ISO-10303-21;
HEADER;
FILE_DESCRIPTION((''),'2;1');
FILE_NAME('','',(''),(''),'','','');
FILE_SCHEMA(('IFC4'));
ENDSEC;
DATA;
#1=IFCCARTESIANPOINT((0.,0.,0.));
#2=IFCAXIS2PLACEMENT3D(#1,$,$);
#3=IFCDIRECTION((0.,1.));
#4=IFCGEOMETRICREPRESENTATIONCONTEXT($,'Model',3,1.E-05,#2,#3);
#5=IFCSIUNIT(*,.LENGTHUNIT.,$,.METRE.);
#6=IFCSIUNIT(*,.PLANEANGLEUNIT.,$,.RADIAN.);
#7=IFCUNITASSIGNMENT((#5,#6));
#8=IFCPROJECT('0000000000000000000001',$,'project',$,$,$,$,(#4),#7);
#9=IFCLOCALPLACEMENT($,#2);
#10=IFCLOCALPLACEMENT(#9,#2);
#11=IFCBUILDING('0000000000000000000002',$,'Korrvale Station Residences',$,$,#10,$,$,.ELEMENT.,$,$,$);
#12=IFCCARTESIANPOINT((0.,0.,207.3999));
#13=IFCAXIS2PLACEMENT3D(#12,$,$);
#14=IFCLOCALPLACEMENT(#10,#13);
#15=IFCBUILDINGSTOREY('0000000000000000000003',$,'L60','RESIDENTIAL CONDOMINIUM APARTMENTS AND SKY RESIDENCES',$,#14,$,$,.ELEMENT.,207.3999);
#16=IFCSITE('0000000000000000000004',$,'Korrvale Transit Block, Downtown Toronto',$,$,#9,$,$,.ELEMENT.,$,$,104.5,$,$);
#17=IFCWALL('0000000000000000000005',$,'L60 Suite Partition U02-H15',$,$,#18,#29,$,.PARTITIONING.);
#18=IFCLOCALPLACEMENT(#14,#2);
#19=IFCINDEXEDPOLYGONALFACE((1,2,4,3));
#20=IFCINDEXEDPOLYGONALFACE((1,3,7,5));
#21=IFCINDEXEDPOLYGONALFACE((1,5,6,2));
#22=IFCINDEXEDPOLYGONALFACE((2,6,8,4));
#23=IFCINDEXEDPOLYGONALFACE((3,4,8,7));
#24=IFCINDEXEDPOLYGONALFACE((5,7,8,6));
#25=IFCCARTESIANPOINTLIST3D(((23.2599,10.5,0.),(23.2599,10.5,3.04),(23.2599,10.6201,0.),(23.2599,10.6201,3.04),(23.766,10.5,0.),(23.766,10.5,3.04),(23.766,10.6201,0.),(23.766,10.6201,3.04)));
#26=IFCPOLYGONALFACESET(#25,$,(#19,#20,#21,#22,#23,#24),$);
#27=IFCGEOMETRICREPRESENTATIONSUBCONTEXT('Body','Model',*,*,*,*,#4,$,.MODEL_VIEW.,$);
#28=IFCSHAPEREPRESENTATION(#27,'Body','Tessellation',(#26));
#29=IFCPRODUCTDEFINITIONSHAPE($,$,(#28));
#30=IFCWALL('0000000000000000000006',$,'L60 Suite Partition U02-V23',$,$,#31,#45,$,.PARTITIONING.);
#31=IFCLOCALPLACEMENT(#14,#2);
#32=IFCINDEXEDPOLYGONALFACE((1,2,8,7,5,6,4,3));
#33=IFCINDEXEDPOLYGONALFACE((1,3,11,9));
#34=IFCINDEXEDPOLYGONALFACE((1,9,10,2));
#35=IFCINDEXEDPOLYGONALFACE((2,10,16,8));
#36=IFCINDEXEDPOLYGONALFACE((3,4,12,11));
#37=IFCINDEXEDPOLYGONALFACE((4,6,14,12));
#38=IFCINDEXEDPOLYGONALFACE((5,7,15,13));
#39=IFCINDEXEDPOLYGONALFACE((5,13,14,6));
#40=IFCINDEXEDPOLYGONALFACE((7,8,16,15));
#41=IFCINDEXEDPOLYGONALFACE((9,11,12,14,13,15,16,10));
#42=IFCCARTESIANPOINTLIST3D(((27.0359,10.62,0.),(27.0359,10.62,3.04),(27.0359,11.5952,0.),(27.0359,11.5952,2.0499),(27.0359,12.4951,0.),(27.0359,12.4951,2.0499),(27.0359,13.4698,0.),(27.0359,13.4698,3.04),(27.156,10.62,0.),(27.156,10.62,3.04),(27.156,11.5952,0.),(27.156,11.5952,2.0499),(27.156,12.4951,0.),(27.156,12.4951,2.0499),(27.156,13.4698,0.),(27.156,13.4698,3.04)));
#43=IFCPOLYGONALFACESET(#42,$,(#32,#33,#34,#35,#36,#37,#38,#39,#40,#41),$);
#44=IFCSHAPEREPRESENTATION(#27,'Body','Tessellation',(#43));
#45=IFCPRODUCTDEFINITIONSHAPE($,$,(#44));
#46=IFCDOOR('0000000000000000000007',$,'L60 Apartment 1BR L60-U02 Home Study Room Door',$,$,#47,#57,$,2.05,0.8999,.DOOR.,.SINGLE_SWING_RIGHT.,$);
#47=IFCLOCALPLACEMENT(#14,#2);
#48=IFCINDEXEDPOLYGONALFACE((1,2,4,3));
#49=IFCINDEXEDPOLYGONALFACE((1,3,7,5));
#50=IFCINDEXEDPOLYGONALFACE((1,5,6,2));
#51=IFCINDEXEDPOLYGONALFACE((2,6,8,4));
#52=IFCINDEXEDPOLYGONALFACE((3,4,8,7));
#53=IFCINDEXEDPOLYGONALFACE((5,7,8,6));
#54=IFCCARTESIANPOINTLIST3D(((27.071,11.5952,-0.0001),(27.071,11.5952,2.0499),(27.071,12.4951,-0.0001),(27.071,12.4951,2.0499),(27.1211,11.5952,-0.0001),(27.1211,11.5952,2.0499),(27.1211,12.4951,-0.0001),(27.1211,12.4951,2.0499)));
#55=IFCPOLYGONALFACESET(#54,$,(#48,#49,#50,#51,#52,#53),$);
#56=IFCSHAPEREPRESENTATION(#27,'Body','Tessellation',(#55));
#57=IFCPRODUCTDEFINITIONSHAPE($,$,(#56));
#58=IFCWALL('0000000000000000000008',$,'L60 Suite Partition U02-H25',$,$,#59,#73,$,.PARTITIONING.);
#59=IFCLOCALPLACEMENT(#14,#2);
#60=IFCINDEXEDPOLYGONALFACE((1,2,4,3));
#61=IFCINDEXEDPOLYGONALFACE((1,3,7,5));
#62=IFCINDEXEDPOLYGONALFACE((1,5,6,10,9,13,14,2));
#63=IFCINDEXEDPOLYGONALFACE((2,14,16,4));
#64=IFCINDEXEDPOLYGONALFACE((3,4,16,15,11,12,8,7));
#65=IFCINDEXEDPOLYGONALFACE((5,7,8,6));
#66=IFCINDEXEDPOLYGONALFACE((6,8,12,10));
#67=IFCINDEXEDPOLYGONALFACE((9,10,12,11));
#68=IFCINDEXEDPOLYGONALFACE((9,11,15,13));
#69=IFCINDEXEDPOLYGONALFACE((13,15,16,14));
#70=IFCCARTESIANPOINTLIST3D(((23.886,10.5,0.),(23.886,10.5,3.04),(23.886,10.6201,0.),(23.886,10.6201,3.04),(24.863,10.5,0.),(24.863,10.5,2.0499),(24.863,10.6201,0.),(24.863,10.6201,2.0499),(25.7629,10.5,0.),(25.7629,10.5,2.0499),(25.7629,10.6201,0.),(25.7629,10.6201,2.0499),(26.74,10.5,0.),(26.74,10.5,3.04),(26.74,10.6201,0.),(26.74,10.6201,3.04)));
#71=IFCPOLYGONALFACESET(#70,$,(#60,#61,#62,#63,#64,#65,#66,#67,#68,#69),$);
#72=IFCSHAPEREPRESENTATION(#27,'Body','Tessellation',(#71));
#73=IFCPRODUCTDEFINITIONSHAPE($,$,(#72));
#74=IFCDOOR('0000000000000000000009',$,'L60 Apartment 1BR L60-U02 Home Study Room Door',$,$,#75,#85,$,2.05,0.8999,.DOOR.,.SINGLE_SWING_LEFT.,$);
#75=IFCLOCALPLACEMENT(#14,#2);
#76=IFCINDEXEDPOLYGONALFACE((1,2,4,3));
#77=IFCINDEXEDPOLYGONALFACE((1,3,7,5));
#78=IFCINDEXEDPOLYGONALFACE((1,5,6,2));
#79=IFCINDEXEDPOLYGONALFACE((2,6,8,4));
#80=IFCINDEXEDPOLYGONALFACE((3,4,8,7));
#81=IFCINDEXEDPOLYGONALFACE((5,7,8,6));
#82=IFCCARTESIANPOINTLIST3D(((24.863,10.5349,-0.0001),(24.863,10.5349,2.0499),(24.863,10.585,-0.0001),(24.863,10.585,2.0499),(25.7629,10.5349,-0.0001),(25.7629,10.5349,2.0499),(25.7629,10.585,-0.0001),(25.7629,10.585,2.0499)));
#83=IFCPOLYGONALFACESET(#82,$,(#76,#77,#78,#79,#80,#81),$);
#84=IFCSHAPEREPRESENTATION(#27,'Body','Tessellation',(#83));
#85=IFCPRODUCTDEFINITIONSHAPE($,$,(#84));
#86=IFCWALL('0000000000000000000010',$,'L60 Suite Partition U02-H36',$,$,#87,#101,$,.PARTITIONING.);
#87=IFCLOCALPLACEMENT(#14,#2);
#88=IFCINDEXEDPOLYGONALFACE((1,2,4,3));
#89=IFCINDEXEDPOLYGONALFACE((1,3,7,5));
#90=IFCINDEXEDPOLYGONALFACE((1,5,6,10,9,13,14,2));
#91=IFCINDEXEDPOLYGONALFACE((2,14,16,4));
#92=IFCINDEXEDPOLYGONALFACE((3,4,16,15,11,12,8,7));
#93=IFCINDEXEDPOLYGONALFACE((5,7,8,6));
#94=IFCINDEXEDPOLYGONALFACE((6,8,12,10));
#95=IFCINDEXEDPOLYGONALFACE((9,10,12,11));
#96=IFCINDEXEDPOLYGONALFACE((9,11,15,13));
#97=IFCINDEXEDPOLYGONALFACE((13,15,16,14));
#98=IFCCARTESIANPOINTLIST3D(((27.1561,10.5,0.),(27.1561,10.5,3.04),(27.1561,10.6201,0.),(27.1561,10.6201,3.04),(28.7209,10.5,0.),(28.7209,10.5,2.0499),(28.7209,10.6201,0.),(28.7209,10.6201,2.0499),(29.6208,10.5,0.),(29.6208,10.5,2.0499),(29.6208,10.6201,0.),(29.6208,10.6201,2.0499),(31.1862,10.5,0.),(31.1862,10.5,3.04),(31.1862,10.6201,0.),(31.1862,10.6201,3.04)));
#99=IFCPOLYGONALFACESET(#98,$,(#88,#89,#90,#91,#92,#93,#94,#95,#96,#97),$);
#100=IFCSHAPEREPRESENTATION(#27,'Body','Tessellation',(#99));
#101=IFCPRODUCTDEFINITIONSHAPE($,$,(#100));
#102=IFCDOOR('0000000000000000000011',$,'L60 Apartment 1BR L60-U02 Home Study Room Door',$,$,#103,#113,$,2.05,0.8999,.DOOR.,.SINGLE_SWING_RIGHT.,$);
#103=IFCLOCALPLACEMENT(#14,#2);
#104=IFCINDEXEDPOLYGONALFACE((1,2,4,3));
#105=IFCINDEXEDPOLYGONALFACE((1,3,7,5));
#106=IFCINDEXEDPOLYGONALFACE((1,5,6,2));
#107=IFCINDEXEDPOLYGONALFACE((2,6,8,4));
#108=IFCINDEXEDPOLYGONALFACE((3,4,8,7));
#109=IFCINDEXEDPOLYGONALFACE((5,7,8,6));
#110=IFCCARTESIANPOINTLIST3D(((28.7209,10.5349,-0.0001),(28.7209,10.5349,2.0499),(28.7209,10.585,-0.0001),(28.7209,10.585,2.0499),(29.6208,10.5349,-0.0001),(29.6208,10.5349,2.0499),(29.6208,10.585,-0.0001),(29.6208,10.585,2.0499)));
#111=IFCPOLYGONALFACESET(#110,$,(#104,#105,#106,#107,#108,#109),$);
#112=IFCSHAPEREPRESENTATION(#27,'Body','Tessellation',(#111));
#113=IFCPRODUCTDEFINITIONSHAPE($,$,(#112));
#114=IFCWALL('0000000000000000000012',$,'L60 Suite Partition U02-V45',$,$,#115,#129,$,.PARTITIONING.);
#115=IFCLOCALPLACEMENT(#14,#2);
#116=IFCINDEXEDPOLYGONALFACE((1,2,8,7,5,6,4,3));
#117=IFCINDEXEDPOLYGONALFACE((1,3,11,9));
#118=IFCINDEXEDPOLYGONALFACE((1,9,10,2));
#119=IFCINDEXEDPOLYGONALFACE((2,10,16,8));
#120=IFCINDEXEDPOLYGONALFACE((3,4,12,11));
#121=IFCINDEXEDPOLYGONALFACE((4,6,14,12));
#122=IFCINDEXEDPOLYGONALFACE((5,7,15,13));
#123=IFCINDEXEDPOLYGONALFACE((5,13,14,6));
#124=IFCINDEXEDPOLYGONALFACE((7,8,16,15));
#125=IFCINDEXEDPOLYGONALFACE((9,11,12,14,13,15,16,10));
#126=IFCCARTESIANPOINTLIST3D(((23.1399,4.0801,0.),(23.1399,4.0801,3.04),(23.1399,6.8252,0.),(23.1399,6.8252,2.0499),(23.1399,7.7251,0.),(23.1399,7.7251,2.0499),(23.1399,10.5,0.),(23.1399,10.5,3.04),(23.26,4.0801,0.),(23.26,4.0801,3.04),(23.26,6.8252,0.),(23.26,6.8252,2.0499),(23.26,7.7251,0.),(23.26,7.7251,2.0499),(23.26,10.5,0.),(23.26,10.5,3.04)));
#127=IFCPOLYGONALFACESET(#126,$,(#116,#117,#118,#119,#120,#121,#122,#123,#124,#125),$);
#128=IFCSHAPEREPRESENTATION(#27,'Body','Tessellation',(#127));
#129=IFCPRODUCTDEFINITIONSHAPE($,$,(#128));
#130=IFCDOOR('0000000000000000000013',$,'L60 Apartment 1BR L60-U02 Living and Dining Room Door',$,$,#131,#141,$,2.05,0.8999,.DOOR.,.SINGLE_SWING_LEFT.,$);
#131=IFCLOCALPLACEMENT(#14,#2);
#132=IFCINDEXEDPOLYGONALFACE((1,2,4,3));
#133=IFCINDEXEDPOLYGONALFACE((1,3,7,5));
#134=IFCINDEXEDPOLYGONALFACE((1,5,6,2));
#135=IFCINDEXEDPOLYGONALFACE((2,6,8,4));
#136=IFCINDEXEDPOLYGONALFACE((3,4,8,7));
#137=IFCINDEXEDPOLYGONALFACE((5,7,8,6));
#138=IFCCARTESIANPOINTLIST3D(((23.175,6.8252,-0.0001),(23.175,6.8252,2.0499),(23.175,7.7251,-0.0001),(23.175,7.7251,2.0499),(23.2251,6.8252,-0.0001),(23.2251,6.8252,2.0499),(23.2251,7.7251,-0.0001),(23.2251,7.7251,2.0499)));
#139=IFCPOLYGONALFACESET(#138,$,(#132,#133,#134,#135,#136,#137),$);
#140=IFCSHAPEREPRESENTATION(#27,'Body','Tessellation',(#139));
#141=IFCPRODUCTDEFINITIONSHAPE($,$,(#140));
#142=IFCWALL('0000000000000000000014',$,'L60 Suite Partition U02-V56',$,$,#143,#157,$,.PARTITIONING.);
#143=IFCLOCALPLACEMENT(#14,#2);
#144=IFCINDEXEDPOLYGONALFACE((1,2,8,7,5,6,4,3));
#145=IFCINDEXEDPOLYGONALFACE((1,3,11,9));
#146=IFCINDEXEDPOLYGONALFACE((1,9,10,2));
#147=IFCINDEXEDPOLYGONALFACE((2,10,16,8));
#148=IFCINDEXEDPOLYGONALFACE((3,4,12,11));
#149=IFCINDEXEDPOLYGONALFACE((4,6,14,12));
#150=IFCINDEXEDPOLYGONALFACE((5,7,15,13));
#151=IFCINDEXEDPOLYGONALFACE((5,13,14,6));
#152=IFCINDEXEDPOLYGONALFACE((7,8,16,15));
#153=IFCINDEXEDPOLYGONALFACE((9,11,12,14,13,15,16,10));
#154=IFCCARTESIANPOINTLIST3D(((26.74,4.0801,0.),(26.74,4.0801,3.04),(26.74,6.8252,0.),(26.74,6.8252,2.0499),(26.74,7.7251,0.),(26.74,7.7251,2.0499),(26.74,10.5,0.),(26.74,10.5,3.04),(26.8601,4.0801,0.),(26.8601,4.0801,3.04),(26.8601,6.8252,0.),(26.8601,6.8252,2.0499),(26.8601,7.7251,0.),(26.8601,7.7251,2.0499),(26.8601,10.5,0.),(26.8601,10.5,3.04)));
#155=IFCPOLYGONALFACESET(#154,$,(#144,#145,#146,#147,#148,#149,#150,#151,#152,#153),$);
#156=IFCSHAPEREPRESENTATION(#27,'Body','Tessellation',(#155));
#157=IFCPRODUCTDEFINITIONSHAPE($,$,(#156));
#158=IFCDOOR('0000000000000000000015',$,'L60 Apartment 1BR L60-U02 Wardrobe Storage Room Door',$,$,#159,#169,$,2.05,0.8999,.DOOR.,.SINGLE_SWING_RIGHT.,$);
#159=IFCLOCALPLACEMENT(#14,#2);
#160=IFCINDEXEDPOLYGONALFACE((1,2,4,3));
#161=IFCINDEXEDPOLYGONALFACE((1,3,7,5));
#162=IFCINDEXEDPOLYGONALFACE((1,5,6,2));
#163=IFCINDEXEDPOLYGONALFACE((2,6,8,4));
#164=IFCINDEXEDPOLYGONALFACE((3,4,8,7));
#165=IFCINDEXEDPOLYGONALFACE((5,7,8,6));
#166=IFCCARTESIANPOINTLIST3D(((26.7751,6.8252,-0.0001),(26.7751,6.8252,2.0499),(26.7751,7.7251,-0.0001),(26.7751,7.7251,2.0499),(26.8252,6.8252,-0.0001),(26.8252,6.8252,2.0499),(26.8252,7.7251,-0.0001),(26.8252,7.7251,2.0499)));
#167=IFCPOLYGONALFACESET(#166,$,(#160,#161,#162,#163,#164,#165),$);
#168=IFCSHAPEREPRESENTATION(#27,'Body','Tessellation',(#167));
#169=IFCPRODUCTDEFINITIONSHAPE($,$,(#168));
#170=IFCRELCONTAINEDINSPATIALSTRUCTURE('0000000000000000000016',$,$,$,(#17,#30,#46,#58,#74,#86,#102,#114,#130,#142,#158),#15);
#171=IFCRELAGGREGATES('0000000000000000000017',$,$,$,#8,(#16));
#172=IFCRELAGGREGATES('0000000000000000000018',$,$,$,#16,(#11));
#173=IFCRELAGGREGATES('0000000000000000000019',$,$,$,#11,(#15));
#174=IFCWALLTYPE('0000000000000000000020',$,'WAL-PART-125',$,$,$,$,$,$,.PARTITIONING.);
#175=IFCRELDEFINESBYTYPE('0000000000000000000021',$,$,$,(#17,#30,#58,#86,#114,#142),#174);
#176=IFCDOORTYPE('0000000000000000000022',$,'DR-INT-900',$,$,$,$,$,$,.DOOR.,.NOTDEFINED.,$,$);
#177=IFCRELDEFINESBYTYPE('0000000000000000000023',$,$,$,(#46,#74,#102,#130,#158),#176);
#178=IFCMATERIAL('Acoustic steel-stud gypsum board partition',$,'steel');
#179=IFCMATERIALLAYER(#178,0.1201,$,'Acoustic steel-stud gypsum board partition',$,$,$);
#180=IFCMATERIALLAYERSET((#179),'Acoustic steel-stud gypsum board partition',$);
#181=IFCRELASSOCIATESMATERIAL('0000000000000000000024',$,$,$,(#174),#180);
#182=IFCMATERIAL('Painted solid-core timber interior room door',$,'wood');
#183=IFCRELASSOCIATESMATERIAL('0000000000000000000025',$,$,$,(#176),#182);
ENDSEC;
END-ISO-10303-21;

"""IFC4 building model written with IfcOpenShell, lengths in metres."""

from ifc_helpers import new_model, si_unit, direction, frame, frame_2d, origin, place, context, subcontext, project, spatial, rectangle, extrude, material, layer, layer_set, type_object, element, fill, save


model = new_model("IFC4")

# Units and contexts
model_context = context("Model", 3, precision=1e-05, world=origin(), true_north=direction((0.0, 1.0)))
body_context = subcontext(model_context, "Body", "Model", "MODEL_VIEW")
ifc_project = project(units=[si_unit("LENGTHUNIT", "METRE"), si_unit("PLANEANGLEUNIT", "RADIAN")], contexts=[model_context])

# Site, building, storey
site_placement = place(None, origin())
site = spatial("IfcSite", under=ifc_project, at=site_placement, Name="Korrvale Transit Block, Downtown Toronto", CompositionType="ELEMENT", RefElevation=104.5)
building_placement = place(site_placement, origin())
building = spatial("IfcBuilding", under=site, at=building_placement, Name="Korrvale Station Residences", CompositionType="ELEMENT")
storey_placement = place(building_placement, frame((0.0, 0.0, 207.3999)))
storey = spatial("IfcBuildingStorey", under=building, at=storey_placement, Name="L60", Description="RESIDENTIAL CONDOMINIUM APARTMENTS AND SKY RESIDENCES", CompositionType="ELEMENT", Elevation=207.3999)

# Shared definitions
ifc_material_1 = material(Name="Acoustic steel-stud gypsum board partition", Category="steel")
ifc_layer_1 = layer(ifc_material_1, 0.1201, Name="Acoustic steel-stud gypsum board partition")
ifc_layer_set_1 = layer_set([ifc_layer_1], Name="Acoustic steel-stud gypsum board partition")
wall_type_1 = type_object("IfcWallType", Name="WAL-PART-125", PredefinedType="PARTITIONING", material=ifc_layer_set_1)
ifc_material_2 = material(Name="Painted solid-core timber interior room door", Category="wood")
door_type = type_object("IfcDoorType", Name="DR-INT-900", OperationType="NOTDEFINED", PredefinedType="DOOR", material=ifc_material_2)

# Wall
wall_1_placement = place(storey_placement, frame((23.26, 10.5601, 0.0), z_axis=(0.0, 0.0, 1.0), x_axis=(1.0, 0.0, 0.0)))
element("IfcWall", 1, at=wall_1_placement, inside=storey, type_object=wall_type_1, Name="L60 Suite Partition U02-H15", PredefinedType="PARTITIONING", context=body_context, shape_type="SweptSolid", body=[
    extrude(rectangle(XDim=0.5061, YDim=0.1201, at=frame_2d((0.2529, 0.0))), origin(), (0.0, 0.0, 1.0), 3.04),
])

# Walls, openings, doors
wall_2_placement = place(storey_placement, frame((27.0959, 10.6201, 0.0), z_axis=(0.0, 0.0, 1.0), x_axis=(0.0, 1.0, 0.0)))
wall_2 = element("IfcWall", 2, at=wall_2_placement, inside=storey, type_object=wall_type_1, Name="L60 Suite Partition U02-V23", PredefinedType="PARTITIONING", context=body_context, shape_type="SweptSolid", body=[
    extrude(rectangle(XDim=2.8499, YDim=0.1201, at=frame_2d((1.4248, 0.0))), origin(), (0.0, 0.0, 1.0), 3.04),
])
opening_1_placement = place(wall_2_placement, frame((0.9751, 0.0, 0.0)))
opening_1 = element("IfcOpeningElement", 3, at=opening_1_placement, cuts=wall_2, PredefinedType="OPENING", context=body_context, shape_type="SweptSolid", body=[
    extrude(rectangle(XDim=0.8999, YDim=2.05, at=frame_2d((0.45, 1.0249))), frame((0.0, 0.0701, 0.0), z_axis=(0.0, -1.0, 0.0), x_axis=(1.0, 0.0, 0.0)), (0.0, 0.0, 1.0), 0.1401),
])
door_1_placement = place(opening_1_placement, origin())
door_1 = element("IfcDoor", 4, at=door_1_placement, inside=storey, type_object=door_type, Name="L60 Apartment 1BR L60-U02 Home Study Room Door", OperationType="SINGLE_SWING_RIGHT", OverallHeight=2.05, OverallWidth=0.8999, PredefinedType="DOOR", context=body_context, shape_type="SweptSolid", body=[
    extrude(rectangle(XDim=0.8999, YDim=2.05, at=frame_2d((0.45, 1.0249))), frame((0.0, 0.0249, 0.0), z_axis=(0.0, -1.0, 0.0), x_axis=(1.0, 0.0, 0.0)), (0.0, 0.0, 1.0), 0.05),
])
fill(opening_1, door_1)
wall_3_placement = place(storey_placement, frame((23.886, 10.5601, 0.0), z_axis=(0.0, 0.0, 1.0), x_axis=(1.0, 0.0, 0.0)))
wall_3 = element("IfcWall", 5, at=wall_3_placement, inside=storey, type_object=wall_type_1, Name="L60 Suite Partition U02-H25", PredefinedType="PARTITIONING", context=body_context, shape_type="SweptSolid", body=[
    extrude(rectangle(XDim=2.854, YDim=0.1201, at=frame_2d((1.427, 0.0))), origin(), (0.0, 0.0, 1.0), 3.04),
])
opening_2_placement = place(wall_3_placement, frame((0.9771, 0.0, 0.0)))
opening_2 = element("IfcOpeningElement", 6, at=opening_2_placement, cuts=wall_3, PredefinedType="OPENING", context=body_context, shape_type="SweptSolid", body=[
    extrude(rectangle(XDim=0.8999, YDim=2.05, at=frame_2d((0.45, 1.0249))), frame((0.0, 0.0701, 0.0), z_axis=(0.0, -1.0, 0.0), x_axis=(1.0, 0.0, 0.0)), (0.0, 0.0, 1.0), 0.1401),
])
door_2_placement = place(opening_2_placement, origin())
door_2 = element("IfcDoor", 7, at=door_2_placement, inside=storey, type_object=door_type, Name="L60 Apartment 1BR L60-U02 Home Study Room Door", OperationType="SINGLE_SWING_LEFT", OverallHeight=2.05, OverallWidth=0.8999, PredefinedType="DOOR", context=body_context, shape_type="SweptSolid", body=[
    extrude(rectangle(XDim=0.8999, YDim=2.05, at=frame_2d((0.45, 1.0249))), frame((0.0, 0.0249, 0.0), z_axis=(0.0, -1.0, 0.0), x_axis=(1.0, 0.0, 0.0)), (0.0, 0.0, 1.0), 0.05),
])
fill(opening_2, door_2)
wall_4_placement = place(storey_placement, frame((27.156, 10.5601, 0.0), z_axis=(0.0, 0.0, 1.0), x_axis=(1.0, 0.0, 0.0)))
wall_4 = element("IfcWall", 8, at=wall_4_placement, inside=storey, type_object=wall_type_1, Name="L60 Suite Partition U02-H36", PredefinedType="PARTITIONING", context=body_context, shape_type="SweptSolid", body=[
    extrude(rectangle(XDim=4.03, YDim=0.1201, at=frame_2d((2.0151, 0.0))), origin(), (0.0, 0.0, 1.0), 3.04),
])
opening_3_placement = place(wall_4_placement, frame((1.5649, 0.0, 0.0)))
opening_3 = element("IfcOpeningElement", 9, at=opening_3_placement, cuts=wall_4, PredefinedType="OPENING", context=body_context, shape_type="SweptSolid", body=[
    extrude(rectangle(XDim=0.8999, YDim=2.05, at=frame_2d((0.45, 1.0249))), frame((0.0, 0.0701, 0.0), z_axis=(0.0, -1.0, 0.0), x_axis=(1.0, 0.0, 0.0)), (0.0, 0.0, 1.0), 0.1401),
])
door_3_placement = place(opening_3_placement, origin())
door_3 = element("IfcDoor", 10, at=door_3_placement, inside=storey, type_object=door_type, Name="L60 Apartment 1BR L60-U02 Home Study Room Door", OperationType="SINGLE_SWING_RIGHT", OverallHeight=2.05, OverallWidth=0.8999, PredefinedType="DOOR", context=body_context, shape_type="SweptSolid", body=[
    extrude(rectangle(XDim=0.8999, YDim=2.05, at=frame_2d((0.45, 1.0249))), frame((0.0, 0.0249, 0.0), z_axis=(0.0, -1.0, 0.0), x_axis=(1.0, 0.0, 0.0)), (0.0, 0.0, 1.0), 0.05),
])
fill(opening_3, door_3)
wall_5_placement = place(storey_placement, frame((23.2, 4.0801, 0.0), z_axis=(0.0, 0.0, 1.0), x_axis=(0.0, 1.0, 0.0)))
wall_5 = element("IfcWall", 11, at=wall_5_placement, inside=storey, type_object=wall_type_1, Name="L60 Suite Partition U02-V45", PredefinedType="PARTITIONING", context=body_context, shape_type="SweptSolid", body=[
    extrude(rectangle(XDim=6.4199, YDim=0.1201, at=frame_2d((3.21, 0.0))), origin(), (0.0, 0.0, 1.0), 3.04),
])
opening_4_placement = place(wall_5_placement, frame((2.7451, 0.0, 0.0)))
opening_4 = element("IfcOpeningElement", 12, at=opening_4_placement, cuts=wall_5, PredefinedType="OPENING", context=body_context, shape_type="SweptSolid", body=[
    extrude(rectangle(XDim=0.8999, YDim=2.05, at=frame_2d((0.45, 1.0249))), frame((0.0, 0.0701, 0.0), z_axis=(0.0, -1.0, 0.0), x_axis=(1.0, 0.0, 0.0)), (0.0, 0.0, 1.0), 0.1401),
])
door_4_placement = place(opening_4_placement, origin())
door_4 = element("IfcDoor", 13, at=door_4_placement, inside=storey, type_object=door_type, Name="L60 Apartment 1BR L60-U02 Living and Dining Room Door", OperationType="SINGLE_SWING_LEFT", OverallHeight=2.05, OverallWidth=0.8999, PredefinedType="DOOR", context=body_context, shape_type="SweptSolid", body=[
    extrude(rectangle(XDim=0.8999, YDim=2.05, at=frame_2d((0.45, 1.0249))), frame((0.0, 0.0249, 0.0), z_axis=(0.0, -1.0, 0.0), x_axis=(1.0, 0.0, 0.0)), (0.0, 0.0, 1.0), 0.05),
])
fill(opening_4, door_4)
wall_6_placement = place(storey_placement, frame((26.8, 4.0801, 0.0), z_axis=(0.0, 0.0, 1.0), x_axis=(0.0, 1.0, 0.0)))
wall_6 = element("IfcWall", 14, at=wall_6_placement, inside=storey, type_object=wall_type_1, Name="L60 Suite Partition U02-V56", PredefinedType="PARTITIONING", context=body_context, shape_type="SweptSolid", body=[
    extrude(rectangle(XDim=6.4199, YDim=0.1201, at=frame_2d((3.21, 0.0))), origin(), (0.0, 0.0, 1.0), 3.04),
])
opening_5_placement = place(wall_6_placement, frame((2.7451, 0.0, 0.0)))
opening_5 = element("IfcOpeningElement", 15, at=opening_5_placement, cuts=wall_6, PredefinedType="OPENING", context=body_context, shape_type="SweptSolid", body=[
    extrude(rectangle(XDim=0.8999, YDim=2.05, at=frame_2d((0.45, 1.0249))), frame((0.0, 0.0701, 0.0), z_axis=(0.0, -1.0, 0.0), x_axis=(1.0, 0.0, 0.0)), (0.0, 0.0, 1.0), 0.1401),
])
door_5_placement = place(opening_5_placement, origin())
door_5 = element("IfcDoor", 16, at=door_5_placement, inside=storey, type_object=door_type, Name="L60 Apartment 1BR L60-U02 Wardrobe Storage Room Door", OperationType="SINGLE_SWING_RIGHT", OverallHeight=2.05, OverallWidth=0.8999, PredefinedType="DOOR", context=body_context, shape_type="SweptSolid", body=[
    extrude(rectangle(XDim=0.8999, YDim=2.05, at=frame_2d((0.45, 1.0249))), frame((0.0, 0.0249, 0.0), z_axis=(0.0, -1.0, 0.0), x_axis=(1.0, 0.0, 0.0)), (0.0, 0.0, 1.0), 0.05),
])
fill(opening_5, door_5)

save(model, "model.ifc")
